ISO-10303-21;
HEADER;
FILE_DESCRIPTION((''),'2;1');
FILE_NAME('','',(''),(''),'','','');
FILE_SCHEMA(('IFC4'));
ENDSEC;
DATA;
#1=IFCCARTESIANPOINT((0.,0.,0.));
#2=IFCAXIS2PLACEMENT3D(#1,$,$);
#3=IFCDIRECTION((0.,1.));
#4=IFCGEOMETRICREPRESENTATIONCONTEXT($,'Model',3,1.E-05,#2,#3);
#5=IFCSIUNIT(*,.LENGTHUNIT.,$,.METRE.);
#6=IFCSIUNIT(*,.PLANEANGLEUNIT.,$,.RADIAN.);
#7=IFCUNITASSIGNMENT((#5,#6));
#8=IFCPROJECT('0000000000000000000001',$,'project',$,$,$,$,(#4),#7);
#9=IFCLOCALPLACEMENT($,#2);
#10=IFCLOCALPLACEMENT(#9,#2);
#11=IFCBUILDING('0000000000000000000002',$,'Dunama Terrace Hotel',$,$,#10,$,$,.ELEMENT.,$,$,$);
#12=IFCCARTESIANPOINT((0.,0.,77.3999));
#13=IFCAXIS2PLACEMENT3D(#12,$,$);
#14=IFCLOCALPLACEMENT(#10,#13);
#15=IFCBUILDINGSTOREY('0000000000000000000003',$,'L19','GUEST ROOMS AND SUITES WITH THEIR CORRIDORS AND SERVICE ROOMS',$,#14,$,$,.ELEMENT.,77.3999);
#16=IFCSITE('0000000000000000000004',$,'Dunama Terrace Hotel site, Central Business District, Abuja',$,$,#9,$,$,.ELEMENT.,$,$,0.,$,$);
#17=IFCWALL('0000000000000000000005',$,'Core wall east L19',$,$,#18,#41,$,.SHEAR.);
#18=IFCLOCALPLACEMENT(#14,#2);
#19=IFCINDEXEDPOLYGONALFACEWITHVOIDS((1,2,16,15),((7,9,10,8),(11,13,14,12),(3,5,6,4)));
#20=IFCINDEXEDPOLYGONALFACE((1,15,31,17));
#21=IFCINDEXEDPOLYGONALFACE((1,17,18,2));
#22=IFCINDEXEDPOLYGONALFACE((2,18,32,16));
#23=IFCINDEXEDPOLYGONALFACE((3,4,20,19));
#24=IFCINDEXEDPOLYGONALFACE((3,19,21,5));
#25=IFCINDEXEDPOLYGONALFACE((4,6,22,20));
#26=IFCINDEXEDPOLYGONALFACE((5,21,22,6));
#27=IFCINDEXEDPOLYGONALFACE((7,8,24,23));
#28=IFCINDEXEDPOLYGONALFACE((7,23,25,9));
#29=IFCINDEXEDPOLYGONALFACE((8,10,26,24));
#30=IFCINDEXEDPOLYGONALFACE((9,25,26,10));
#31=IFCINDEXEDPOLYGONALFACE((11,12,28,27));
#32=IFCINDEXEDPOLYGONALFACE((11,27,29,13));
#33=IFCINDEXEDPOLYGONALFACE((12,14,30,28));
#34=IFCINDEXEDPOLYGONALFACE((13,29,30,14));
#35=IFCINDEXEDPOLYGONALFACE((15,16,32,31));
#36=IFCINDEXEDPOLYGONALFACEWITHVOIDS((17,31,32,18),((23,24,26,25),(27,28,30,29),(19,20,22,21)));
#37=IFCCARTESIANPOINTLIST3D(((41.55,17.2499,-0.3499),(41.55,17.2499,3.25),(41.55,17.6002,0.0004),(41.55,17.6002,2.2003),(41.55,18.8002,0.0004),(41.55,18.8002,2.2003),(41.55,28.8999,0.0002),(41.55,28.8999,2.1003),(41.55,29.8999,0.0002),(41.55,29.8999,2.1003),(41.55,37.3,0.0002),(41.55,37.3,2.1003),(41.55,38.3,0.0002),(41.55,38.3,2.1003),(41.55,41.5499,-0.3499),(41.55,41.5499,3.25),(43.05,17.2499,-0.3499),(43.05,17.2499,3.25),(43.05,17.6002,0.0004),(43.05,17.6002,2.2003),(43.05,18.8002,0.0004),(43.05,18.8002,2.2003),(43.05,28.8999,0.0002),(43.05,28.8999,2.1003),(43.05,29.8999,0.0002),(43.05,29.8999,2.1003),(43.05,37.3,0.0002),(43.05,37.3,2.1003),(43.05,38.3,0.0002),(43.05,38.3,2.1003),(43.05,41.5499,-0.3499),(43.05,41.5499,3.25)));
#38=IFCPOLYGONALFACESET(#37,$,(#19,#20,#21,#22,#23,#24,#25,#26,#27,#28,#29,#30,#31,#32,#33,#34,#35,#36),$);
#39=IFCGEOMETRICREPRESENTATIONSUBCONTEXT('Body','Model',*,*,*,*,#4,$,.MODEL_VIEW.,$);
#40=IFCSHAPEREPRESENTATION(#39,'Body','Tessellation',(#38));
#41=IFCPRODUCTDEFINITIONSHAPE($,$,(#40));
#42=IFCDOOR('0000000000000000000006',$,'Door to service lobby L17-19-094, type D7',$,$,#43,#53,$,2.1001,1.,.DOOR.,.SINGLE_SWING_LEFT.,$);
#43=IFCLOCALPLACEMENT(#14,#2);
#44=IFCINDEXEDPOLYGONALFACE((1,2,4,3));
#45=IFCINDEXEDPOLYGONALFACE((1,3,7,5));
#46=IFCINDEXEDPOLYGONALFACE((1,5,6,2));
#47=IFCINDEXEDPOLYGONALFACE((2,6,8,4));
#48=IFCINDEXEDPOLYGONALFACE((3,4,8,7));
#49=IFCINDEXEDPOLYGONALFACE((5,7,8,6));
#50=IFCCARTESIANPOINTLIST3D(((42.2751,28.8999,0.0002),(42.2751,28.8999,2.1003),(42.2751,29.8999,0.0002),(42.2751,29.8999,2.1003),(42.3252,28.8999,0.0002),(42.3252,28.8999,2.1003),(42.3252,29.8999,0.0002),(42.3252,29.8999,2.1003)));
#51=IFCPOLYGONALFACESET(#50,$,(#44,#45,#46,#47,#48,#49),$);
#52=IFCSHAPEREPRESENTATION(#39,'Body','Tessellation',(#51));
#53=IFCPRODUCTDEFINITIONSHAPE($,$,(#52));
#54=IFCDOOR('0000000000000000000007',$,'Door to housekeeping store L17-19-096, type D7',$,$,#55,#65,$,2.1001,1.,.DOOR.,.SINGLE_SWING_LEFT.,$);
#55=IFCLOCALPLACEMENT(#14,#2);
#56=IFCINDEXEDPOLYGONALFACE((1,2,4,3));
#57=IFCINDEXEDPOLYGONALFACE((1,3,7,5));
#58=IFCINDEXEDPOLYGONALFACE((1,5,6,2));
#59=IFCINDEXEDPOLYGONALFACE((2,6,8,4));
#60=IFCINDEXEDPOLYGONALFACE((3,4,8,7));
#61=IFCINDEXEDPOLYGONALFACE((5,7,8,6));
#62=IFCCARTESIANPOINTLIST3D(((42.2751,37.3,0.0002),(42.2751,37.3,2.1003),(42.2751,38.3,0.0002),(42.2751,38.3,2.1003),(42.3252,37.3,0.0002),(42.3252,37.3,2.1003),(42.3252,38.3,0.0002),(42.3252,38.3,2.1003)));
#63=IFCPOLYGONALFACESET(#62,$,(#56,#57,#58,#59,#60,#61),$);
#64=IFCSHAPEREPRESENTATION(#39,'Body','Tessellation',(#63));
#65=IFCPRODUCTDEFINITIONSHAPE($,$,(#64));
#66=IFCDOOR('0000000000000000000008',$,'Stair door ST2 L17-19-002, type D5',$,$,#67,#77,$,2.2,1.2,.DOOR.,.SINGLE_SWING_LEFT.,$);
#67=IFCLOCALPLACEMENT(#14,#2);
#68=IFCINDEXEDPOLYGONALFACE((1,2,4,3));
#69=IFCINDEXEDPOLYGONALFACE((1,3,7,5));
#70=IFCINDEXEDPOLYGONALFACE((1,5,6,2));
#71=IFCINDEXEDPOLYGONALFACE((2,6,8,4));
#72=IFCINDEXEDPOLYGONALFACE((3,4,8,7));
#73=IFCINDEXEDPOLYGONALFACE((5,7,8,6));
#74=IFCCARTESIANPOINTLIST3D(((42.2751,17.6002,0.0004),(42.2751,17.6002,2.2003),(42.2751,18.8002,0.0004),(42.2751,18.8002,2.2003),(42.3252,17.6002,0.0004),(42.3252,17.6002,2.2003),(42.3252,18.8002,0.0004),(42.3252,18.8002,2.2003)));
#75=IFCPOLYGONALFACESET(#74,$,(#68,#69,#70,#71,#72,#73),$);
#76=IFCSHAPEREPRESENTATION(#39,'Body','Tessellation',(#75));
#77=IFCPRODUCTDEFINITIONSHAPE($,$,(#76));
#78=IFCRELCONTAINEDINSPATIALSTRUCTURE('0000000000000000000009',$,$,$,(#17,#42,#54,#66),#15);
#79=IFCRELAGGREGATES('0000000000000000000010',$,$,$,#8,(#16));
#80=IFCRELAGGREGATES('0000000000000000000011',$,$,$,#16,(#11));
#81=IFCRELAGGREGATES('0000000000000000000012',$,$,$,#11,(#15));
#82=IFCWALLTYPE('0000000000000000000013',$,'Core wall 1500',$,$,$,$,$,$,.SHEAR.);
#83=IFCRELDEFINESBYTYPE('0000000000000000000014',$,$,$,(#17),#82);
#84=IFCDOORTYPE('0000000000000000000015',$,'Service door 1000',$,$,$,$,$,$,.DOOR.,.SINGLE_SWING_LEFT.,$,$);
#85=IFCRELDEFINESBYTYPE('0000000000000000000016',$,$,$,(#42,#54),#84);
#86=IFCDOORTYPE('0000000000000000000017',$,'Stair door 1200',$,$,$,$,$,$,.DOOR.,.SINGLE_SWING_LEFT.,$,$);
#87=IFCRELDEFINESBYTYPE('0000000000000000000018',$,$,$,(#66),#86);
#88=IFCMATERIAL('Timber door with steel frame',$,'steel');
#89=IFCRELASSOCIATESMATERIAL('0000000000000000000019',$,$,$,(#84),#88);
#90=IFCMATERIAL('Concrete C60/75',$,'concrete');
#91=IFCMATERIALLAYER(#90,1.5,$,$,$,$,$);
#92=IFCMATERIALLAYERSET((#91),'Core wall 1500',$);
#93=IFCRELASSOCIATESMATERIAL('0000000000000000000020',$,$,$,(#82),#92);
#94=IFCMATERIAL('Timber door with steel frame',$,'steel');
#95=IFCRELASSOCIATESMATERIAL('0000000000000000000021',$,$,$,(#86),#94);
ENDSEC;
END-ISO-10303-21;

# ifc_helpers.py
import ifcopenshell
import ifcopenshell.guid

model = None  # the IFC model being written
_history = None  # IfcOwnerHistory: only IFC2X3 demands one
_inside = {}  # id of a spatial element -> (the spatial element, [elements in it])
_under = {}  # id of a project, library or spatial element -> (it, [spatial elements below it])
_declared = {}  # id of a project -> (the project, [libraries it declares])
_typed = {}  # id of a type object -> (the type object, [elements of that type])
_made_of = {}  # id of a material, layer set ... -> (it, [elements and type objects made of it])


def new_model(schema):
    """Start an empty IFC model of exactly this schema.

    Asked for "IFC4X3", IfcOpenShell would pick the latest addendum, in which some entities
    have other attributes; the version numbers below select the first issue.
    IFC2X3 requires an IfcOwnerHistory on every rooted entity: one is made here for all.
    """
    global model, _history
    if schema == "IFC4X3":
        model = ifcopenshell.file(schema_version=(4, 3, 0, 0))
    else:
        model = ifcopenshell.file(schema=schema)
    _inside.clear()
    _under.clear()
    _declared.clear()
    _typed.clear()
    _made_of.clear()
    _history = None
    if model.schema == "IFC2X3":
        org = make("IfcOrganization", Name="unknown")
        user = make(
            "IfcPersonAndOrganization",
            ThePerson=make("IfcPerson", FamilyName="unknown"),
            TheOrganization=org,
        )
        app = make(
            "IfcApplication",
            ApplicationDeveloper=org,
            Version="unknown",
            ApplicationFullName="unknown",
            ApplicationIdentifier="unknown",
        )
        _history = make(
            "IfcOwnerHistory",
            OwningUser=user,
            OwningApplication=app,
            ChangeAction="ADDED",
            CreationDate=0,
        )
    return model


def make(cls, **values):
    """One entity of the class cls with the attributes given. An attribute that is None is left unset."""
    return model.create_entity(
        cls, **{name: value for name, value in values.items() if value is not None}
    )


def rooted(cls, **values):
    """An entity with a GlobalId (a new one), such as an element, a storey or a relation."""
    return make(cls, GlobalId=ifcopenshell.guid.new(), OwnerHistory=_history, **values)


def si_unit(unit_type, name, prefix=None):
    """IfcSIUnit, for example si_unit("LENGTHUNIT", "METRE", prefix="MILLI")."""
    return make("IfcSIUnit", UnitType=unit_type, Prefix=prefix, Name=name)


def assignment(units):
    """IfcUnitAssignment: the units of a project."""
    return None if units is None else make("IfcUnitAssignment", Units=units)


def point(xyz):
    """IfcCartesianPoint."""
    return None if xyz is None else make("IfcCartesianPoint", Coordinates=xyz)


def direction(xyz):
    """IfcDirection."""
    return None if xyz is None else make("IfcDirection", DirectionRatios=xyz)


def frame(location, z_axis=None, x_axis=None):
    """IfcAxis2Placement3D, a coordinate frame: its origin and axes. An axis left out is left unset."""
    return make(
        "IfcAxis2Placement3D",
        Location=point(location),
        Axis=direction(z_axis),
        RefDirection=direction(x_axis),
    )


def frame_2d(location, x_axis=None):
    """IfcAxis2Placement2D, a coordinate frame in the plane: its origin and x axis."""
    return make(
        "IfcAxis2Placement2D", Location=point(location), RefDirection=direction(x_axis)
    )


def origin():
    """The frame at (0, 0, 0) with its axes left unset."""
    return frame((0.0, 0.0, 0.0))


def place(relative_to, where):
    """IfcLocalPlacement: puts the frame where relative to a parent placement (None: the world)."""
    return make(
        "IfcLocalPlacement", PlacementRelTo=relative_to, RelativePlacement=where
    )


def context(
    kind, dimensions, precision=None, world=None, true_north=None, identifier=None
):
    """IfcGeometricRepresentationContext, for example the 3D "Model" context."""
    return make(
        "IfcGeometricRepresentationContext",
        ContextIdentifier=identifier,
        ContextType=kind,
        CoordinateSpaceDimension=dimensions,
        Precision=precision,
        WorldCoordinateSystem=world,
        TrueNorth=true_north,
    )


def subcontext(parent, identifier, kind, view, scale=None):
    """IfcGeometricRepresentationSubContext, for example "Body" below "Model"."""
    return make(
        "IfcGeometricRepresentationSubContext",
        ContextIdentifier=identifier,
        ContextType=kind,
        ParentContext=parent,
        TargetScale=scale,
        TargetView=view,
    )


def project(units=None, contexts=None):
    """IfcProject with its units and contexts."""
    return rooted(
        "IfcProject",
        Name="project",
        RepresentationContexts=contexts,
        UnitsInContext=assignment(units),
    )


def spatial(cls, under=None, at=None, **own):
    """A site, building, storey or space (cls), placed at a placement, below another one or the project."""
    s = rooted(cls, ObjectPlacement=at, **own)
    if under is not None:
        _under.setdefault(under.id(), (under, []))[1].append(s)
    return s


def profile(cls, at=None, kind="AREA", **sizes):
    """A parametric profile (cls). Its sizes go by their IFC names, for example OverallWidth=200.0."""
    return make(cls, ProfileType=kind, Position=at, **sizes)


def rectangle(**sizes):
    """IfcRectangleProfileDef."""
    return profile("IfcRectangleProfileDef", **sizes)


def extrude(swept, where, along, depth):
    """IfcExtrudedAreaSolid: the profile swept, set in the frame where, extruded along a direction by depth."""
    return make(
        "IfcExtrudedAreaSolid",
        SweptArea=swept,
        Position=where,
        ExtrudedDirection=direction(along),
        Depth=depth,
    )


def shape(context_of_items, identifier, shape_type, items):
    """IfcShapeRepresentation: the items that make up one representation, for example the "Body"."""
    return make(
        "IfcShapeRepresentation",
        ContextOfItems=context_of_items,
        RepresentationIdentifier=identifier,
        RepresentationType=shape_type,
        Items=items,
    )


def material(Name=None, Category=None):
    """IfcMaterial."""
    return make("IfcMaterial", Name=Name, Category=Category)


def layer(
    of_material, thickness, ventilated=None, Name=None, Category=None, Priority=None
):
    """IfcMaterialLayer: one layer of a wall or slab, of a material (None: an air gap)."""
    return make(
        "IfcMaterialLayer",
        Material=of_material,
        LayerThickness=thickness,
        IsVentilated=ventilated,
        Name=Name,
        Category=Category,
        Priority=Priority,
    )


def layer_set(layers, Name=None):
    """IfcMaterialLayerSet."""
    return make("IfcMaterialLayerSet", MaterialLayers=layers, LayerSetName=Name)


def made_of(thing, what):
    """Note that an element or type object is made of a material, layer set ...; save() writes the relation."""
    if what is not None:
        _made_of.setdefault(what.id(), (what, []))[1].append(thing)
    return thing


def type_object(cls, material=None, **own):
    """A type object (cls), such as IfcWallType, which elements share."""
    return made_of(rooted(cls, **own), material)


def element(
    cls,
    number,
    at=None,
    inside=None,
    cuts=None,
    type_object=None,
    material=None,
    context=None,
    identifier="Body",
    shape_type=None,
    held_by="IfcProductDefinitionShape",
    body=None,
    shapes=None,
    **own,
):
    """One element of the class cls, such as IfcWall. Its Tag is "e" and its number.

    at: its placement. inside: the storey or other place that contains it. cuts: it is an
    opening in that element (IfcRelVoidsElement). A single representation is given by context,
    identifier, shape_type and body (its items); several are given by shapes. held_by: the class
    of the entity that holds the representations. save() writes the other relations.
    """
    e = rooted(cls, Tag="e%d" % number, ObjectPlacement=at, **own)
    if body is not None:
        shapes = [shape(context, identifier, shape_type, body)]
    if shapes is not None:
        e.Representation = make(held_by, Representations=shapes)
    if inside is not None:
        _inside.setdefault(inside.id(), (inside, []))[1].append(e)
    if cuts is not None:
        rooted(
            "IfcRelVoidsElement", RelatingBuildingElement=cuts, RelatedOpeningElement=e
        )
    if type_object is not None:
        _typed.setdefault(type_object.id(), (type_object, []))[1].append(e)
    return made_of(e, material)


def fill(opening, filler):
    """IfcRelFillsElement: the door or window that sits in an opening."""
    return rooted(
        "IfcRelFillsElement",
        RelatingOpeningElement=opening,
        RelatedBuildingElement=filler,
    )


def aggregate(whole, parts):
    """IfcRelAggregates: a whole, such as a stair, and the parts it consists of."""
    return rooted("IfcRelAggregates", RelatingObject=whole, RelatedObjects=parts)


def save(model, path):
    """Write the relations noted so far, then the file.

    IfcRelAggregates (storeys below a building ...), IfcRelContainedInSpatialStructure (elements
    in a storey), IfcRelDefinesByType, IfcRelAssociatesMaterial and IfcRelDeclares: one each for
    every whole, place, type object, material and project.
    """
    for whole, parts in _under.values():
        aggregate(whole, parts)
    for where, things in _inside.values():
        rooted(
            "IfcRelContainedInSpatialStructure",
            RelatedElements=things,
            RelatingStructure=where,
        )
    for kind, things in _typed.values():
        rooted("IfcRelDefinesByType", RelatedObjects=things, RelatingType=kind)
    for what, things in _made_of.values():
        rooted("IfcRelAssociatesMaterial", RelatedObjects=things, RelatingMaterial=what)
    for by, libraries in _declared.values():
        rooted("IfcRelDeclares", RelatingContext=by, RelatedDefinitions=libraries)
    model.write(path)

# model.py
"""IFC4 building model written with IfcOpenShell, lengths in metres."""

from ifc_helpers import new_model, si_unit, direction, frame, frame_2d, origin, place, context, subcontext, project, spatial, rectangle, extrude, material, layer, layer_set, type_object, element, fill, save


model = new_model("IFC4")

# Units and contexts
model_context = context("Model", 3, precision=1e-05, world=origin(), true_north=direction((0.0, 1.0)))
body_context = subcontext(model_context, "Body", "Model", "MODEL_VIEW")
ifc_project = project(units=[si_unit("LENGTHUNIT", "METRE"), si_unit("PLANEANGLEUNIT", "RADIAN")], contexts=[model_context])

# Site, building, storey
site_placement = place(None, origin())
site = spatial("IfcSite", under=ifc_project, at=site_placement, Name="Dunama Terrace Hotel site, Central Business District, Abuja", CompositionType="ELEMENT", RefElevation=0.0)
building_placement = place(site_placement, origin())
building = spatial("IfcBuilding", under=site, at=building_placement, Name="Dunama Terrace Hotel", CompositionType="ELEMENT")
storey_placement = place(building_placement, frame((0.0, 0.0, 77.3999)))
storey = spatial("IfcBuildingStorey", under=building, at=storey_placement, Name="L19", Description="GUEST ROOMS AND SUITES WITH THEIR CORRIDORS AND SERVICE ROOMS", CompositionType="ELEMENT", Elevation=77.3999)

# Shared definitions
ifc_material_1 = material(Name="Timber door with steel frame", Category="steel")
door_type_1 = type_object("IfcDoorType", Name="Service door 1000", OperationType="SINGLE_SWING_LEFT", PredefinedType="DOOR", material=ifc_material_1)

# Wall, openings, doors
ifc_material_2 = material(Name="Concrete C60/75", Category="concrete")
ifc_layer_1 = layer(ifc_material_2, 1.5)
ifc_layer_set_1 = layer_set([ifc_layer_1], Name="Core wall 1500")
wall_type_1 = type_object("IfcWallType", Name="Core wall 1500", PredefinedType="SHEAR", material=ifc_layer_set_1)
wall_1_placement = place(storey_placement, frame((42.3, 17.25, -0.3499), z_axis=(0.0, 0.0, 1.0), x_axis=(0.0, 1.0, 0.0)))
wall_1 = element("IfcWall", 1, at=wall_1_placement, inside=storey, type_object=wall_type_1, Name="Core wall east L19", PredefinedType="SHEAR", context=body_context, shape_type="SweptSolid", body=[
    extrude(rectangle(XDim=24.3, YDim=1.5, at=frame_2d((12.1499, 0.0))), origin(), (0.0, 0.0, 1.0), 3.5999),
])
opening_1_placement = place(wall_1_placement, frame((0.3501, 0.0, 0.3501)))
opening_1 = element("IfcOpeningElement", 2, at=opening_1_placement, cuts=wall_1, PredefinedType="OPENING", context=body_context, shape_type="SweptSolid", body=[
    extrude(rectangle(XDim=1.2, YDim=2.2, at=frame_2d((0.6001, 1.1001))), frame((0.0, 0.76, 0.0), z_axis=(0.0, -1.0, 0.0), x_axis=(1.0, 0.0, 0.0)), (0.0, 0.0, 1.0), 1.52),
])
opening_2_placement = place(wall_1_placement, frame((11.6499, 0.0, 0.3501)))
opening_2 = element("IfcOpeningElement", 3, at=opening_2_placement, cuts=wall_1, PredefinedType="OPENING", context=body_context, shape_type="SweptSolid", body=[
    extrude(rectangle(XDim=1.0, YDim=2.1001, at=frame_2d((0.5, 1.05))), frame((0.0, 0.76, 0.0), z_axis=(0.0, -1.0, 0.0), x_axis=(1.0, 0.0, 0.0)), (0.0, 0.0, 1.0), 1.52),
])
opening_3_placement = place(wall_1_placement, frame((20.05, 0.0, 0.3501)))
opening_3 = element("IfcOpeningElement", 4, at=opening_3_placement, cuts=wall_1, PredefinedType="OPENING", context=body_context, shape_type="SweptSolid", body=[
    extrude(rectangle(XDim=1.0, YDim=2.1001, at=frame_2d((0.5, 1.05))), frame((0.0, 0.76, 0.0), z_axis=(0.0, -1.0, 0.0), x_axis=(1.0, 0.0, 0.0)), (0.0, 0.0, 1.0), 1.52),
])
door_1_placement = place(opening_2_placement, origin())
door_1 = element("IfcDoor", 5, at=door_1_placement, inside=storey, type_object=door_type_1, Name="Door to service lobby L17-19-094, type D7", OperationType="SINGLE_SWING_LEFT", OverallHeight=2.1001, OverallWidth=1.0, PredefinedType="DOOR", context=body_context, shape_type="SweptSolid", body=[
    extrude(rectangle(XDim=1.0, YDim=2.1001, at=frame_2d((0.5, 1.05))), frame((0.0, 0.0249, 0.0), z_axis=(0.0, -1.0, 0.0), x_axis=(1.0, 0.0, 0.0)), (0.0, 0.0, 1.0), 0.05),
])
fill(opening_2, door_1)
door_2_placement = place(opening_3_placement, origin())
door_2 = element("IfcDoor", 6, at=door_2_placement, inside=storey, type_object=door_type_1, Name="Door to housekeeping store L17-19-096, type D7", OperationType="SINGLE_SWING_LEFT", OverallHeight=2.1001, OverallWidth=1.0, PredefinedType="DOOR", context=body_context, shape_type="SweptSolid", body=[
    extrude(rectangle(XDim=1.0, YDim=2.1001, at=frame_2d((0.5, 1.05))), frame((0.0, 0.0249, 0.0), z_axis=(0.0, -1.0, 0.0), x_axis=(1.0, 0.0, 0.0)), (0.0, 0.0, 1.0), 0.05),
])
fill(opening_3, door_2)
ifc_material_3 = material(Name="Timber door with steel frame", Category="steel")
door_type_2 = type_object("IfcDoorType", Name="Stair door 1200", OperationType="SINGLE_SWING_LEFT", PredefinedType="DOOR", material=ifc_material_3)
door_3_placement = place(opening_1_placement, origin())
door_3 = element("IfcDoor", 7, at=door_3_placement, inside=storey, type_object=door_type_2, Name="Stair door ST2 L17-19-002, type D5", OperationType="SINGLE_SWING_LEFT", OverallHeight=2.2, OverallWidth=1.2, PredefinedType="DOOR", context=body_context, shape_type="SweptSolid", body=[
    extrude(rectangle(XDim=1.2, YDim=2.2, at=frame_2d((0.6001, 1.1001))), frame((0.0, 0.0249, 0.0), z_axis=(0.0, -1.0, 0.0), x_axis=(1.0, 0.0, 0.0)), (0.0, 0.0, 1.0), 0.05),
])
fill(opening_1, door_3)

save(model, "model.ifc")
